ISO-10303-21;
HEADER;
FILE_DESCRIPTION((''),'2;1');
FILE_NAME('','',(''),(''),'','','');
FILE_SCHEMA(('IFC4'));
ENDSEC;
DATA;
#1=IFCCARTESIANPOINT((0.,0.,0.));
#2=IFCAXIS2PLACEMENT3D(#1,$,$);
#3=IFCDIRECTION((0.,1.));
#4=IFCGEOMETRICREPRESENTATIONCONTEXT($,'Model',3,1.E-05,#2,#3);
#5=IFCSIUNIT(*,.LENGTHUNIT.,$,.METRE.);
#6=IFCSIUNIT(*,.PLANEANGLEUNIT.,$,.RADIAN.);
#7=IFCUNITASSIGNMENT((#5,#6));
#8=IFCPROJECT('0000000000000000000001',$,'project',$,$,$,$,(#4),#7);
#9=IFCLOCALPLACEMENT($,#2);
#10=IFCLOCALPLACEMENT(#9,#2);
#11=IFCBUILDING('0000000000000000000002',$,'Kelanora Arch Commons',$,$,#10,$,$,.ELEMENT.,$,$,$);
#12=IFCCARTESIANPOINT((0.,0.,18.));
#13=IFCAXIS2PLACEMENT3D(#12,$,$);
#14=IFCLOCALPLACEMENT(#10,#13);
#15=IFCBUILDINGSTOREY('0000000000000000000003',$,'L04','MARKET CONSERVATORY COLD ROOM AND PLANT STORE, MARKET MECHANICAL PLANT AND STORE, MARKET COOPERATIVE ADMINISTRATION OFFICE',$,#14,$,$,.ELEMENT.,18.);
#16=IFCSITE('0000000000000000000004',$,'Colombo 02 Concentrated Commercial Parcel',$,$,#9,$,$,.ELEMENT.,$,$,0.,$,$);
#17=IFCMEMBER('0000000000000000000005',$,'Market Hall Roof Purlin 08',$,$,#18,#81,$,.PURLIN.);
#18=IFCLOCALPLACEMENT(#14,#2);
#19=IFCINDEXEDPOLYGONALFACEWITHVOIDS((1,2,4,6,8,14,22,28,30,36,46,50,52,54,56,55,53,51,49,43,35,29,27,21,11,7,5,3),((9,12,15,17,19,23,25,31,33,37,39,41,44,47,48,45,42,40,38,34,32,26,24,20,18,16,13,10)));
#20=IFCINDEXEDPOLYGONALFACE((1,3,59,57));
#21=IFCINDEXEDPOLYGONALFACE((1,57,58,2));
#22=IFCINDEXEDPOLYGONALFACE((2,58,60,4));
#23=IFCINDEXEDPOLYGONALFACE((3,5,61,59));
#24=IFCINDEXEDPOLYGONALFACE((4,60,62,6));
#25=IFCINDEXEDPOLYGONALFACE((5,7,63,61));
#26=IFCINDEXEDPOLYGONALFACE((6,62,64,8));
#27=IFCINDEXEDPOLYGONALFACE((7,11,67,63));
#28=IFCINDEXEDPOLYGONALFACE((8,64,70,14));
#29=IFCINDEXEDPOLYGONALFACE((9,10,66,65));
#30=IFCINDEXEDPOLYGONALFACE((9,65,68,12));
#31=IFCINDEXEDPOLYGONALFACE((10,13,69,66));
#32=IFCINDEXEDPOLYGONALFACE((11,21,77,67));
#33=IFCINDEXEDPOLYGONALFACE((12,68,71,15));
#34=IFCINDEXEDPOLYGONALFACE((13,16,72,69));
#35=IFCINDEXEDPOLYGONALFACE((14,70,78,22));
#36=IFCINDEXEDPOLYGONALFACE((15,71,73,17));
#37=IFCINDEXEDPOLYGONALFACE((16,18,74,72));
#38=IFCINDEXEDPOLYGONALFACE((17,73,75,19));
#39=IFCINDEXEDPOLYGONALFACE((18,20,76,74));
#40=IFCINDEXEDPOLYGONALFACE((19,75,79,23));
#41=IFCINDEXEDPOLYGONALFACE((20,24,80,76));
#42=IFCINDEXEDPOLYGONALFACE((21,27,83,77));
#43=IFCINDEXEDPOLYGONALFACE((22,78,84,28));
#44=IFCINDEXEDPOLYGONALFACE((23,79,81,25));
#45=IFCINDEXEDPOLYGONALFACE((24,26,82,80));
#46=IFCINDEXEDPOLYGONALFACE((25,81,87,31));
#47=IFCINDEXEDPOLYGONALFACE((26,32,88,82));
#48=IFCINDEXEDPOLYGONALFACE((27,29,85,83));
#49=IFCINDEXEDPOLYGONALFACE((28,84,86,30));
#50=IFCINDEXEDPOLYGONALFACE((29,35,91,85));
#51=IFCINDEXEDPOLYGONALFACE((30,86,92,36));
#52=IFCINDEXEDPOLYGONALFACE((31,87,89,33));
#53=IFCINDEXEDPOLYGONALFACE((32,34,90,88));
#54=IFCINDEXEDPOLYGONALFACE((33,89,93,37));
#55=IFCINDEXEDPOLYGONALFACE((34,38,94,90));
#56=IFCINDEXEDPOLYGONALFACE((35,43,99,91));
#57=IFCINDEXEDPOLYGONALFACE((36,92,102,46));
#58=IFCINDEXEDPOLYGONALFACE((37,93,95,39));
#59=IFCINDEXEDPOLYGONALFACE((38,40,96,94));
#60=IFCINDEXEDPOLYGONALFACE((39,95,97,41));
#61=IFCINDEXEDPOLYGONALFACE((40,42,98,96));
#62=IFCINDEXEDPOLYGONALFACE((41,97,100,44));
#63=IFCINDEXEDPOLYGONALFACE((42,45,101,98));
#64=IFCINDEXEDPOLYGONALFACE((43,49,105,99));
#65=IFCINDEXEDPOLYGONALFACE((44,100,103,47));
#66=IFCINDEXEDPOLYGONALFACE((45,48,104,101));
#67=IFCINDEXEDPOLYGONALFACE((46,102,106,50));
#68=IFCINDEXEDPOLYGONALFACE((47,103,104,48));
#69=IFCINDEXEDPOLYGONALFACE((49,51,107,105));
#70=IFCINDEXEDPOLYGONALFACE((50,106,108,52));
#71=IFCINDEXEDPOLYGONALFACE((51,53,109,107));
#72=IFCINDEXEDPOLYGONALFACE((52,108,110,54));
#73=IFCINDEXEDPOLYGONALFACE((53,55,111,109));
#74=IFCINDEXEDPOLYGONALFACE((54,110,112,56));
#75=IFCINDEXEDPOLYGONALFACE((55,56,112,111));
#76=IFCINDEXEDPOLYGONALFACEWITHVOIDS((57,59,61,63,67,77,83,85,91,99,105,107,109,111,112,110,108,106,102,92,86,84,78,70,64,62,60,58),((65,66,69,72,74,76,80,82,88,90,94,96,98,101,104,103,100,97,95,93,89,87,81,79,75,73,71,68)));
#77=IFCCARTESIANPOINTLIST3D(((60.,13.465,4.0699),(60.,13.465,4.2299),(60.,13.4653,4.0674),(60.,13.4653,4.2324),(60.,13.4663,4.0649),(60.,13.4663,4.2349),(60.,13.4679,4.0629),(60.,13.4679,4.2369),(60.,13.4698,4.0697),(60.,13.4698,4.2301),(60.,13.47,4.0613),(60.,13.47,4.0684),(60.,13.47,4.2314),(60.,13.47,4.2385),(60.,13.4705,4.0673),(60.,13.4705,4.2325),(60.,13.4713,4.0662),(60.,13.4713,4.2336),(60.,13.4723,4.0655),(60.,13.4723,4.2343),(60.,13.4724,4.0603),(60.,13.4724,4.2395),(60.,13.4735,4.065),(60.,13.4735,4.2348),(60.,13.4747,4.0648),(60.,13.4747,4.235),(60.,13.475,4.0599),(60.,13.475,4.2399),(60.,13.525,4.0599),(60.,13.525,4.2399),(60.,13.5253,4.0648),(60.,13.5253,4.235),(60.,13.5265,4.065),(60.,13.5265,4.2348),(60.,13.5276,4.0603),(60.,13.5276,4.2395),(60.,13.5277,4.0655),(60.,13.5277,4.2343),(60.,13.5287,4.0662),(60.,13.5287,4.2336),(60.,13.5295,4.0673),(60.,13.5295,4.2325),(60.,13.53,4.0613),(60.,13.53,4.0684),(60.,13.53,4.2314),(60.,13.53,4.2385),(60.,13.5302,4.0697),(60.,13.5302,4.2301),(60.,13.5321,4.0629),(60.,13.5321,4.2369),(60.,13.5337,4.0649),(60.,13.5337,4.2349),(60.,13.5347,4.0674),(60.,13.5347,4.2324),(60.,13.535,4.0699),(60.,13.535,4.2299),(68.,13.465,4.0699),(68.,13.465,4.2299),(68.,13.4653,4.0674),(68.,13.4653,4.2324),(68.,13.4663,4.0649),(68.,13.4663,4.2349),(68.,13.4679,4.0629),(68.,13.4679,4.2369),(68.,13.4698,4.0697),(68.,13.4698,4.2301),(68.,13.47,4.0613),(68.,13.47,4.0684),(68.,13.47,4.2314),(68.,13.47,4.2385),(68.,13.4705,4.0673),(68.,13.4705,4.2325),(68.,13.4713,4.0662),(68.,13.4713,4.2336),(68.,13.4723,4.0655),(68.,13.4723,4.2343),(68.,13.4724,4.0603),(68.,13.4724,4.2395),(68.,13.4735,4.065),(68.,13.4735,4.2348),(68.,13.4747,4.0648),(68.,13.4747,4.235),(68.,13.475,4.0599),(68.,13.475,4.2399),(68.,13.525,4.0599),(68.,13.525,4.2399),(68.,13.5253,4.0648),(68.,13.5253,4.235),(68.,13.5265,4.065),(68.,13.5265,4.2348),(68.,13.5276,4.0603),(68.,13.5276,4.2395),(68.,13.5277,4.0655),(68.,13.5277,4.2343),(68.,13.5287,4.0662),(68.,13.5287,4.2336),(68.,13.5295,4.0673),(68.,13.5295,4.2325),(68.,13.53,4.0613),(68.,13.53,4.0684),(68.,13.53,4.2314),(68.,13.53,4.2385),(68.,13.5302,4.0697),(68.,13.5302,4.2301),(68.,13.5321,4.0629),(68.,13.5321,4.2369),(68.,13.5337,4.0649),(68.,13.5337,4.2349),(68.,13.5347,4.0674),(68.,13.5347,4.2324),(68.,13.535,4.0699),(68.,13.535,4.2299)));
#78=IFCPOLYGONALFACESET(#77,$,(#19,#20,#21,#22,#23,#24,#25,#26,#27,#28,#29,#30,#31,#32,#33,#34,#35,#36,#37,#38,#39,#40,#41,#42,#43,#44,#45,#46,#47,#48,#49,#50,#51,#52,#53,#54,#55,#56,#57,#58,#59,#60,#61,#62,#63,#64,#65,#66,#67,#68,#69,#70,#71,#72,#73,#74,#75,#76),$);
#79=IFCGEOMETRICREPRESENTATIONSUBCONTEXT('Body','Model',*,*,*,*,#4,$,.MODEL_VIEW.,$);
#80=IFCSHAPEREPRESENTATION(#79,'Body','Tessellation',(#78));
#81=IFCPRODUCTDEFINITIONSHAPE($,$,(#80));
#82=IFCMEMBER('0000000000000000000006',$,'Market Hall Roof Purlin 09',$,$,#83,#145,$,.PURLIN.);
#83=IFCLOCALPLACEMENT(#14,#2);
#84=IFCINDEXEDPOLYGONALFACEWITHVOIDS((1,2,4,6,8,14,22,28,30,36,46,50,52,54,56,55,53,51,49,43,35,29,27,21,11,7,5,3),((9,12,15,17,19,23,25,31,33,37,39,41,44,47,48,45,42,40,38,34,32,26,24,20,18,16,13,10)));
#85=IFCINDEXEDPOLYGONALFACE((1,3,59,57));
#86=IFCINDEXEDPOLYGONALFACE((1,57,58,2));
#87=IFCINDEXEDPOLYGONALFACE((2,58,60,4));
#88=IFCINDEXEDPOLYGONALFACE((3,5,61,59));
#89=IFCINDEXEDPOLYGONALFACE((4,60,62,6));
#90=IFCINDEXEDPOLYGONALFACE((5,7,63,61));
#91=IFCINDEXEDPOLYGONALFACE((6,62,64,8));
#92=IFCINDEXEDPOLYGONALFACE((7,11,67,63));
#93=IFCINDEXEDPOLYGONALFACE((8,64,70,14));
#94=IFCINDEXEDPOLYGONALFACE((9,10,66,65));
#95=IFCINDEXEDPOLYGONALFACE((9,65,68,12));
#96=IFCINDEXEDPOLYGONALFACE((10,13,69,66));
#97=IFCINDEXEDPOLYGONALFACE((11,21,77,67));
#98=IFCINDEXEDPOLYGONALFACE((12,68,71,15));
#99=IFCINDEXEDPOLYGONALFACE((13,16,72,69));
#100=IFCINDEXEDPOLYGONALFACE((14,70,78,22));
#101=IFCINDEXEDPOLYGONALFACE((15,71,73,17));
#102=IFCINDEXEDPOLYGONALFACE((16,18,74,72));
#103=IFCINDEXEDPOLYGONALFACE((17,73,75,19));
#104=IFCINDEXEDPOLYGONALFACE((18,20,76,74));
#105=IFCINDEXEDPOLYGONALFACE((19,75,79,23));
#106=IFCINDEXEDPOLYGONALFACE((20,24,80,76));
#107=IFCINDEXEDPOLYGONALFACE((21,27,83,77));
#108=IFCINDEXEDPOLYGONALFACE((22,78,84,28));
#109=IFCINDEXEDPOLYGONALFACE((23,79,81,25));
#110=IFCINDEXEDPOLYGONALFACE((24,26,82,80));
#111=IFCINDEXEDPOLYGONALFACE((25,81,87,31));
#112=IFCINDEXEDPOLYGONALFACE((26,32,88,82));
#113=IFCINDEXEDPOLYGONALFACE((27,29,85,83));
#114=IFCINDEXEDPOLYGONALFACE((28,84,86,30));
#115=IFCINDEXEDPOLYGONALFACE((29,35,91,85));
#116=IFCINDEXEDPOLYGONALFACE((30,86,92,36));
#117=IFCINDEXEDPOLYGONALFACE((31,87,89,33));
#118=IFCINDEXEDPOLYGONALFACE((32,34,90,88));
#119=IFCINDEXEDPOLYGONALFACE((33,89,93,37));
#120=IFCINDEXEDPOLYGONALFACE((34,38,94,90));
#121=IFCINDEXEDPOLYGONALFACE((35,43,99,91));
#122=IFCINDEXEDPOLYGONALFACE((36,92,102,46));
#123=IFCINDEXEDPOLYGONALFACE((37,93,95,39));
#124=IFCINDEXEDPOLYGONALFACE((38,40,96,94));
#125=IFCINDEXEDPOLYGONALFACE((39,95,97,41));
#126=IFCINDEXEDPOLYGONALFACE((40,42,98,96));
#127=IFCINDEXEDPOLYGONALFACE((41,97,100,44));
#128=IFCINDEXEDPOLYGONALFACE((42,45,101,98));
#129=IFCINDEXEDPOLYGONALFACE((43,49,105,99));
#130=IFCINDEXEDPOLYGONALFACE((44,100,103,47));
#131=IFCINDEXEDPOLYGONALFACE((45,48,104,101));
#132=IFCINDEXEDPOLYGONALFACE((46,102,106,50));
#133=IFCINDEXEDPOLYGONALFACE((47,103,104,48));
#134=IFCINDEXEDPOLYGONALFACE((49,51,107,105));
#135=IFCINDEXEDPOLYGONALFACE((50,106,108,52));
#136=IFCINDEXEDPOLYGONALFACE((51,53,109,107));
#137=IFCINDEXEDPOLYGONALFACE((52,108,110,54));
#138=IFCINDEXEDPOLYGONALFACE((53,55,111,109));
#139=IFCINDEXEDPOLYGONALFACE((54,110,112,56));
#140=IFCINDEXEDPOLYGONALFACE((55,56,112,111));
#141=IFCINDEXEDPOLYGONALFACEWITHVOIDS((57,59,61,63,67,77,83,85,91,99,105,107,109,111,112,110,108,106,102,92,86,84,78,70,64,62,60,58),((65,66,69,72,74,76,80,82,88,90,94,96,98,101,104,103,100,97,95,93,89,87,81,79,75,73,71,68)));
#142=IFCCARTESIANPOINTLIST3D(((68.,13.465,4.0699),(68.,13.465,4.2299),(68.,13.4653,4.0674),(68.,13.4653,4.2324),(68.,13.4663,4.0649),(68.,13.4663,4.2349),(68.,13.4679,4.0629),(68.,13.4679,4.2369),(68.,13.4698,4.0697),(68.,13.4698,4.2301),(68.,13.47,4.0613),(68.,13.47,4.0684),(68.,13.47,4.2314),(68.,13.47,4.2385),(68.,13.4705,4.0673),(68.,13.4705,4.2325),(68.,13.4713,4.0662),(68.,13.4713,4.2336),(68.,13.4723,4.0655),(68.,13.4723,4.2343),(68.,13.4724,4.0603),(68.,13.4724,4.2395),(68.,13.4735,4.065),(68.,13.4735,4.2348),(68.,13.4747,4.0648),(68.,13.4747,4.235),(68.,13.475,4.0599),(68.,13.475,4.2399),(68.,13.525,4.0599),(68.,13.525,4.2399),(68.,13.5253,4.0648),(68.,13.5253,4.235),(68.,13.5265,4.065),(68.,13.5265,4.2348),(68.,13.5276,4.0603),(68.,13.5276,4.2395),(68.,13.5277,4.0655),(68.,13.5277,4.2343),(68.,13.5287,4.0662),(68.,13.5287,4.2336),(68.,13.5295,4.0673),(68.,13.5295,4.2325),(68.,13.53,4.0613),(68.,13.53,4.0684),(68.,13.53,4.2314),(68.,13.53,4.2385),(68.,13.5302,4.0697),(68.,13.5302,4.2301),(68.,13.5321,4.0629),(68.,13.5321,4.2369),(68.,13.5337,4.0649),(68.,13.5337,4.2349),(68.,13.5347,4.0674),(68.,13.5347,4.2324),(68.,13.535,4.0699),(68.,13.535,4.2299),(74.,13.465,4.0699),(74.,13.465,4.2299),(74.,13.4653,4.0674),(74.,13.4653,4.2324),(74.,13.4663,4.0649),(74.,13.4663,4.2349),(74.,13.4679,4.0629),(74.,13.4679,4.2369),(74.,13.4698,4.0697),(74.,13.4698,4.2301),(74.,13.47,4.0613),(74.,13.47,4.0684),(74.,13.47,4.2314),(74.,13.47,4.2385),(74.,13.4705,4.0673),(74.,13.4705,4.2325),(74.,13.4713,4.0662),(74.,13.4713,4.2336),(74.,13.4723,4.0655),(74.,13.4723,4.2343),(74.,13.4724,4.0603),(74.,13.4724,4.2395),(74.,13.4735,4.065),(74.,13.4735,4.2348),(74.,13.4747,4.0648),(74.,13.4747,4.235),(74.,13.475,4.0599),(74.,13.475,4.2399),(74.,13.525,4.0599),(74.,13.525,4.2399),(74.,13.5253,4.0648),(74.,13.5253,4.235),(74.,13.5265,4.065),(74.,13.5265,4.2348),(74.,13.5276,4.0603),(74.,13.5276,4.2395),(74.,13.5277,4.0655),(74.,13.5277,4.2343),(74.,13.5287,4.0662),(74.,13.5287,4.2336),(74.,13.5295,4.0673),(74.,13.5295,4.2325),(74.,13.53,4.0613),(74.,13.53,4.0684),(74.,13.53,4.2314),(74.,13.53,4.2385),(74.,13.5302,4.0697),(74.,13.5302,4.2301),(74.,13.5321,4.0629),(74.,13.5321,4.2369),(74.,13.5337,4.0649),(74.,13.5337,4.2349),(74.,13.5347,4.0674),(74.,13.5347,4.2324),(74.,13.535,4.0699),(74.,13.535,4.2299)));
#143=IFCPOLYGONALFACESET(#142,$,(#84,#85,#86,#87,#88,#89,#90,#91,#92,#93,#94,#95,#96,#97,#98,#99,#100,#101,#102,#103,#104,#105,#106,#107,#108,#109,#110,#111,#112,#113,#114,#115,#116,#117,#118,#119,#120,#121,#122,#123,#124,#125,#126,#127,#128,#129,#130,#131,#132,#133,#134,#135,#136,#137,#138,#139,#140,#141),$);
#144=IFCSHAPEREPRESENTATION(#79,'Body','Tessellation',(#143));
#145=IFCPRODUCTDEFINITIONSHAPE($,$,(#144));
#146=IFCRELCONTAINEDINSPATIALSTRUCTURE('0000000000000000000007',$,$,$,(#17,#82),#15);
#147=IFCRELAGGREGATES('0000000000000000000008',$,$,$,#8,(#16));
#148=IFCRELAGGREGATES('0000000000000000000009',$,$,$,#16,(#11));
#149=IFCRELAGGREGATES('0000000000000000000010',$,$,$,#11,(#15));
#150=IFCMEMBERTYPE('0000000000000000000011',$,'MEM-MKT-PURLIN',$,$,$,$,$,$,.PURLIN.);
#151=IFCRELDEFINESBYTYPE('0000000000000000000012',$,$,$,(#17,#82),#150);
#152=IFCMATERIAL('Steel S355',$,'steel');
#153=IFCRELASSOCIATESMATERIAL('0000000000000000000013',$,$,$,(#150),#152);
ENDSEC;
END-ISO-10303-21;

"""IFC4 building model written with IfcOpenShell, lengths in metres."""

from ifc_helpers import new_model, si_unit, direction, frame, origin, origin_2d, place, context, subcontext, project, spatial, hollow_rectangle, extrude, material, material_profile, profile_set, type_object, element, save


model = new_model("IFC4")

# Units and contexts
model_context = context("Model", 3, precision=1e-05, world=origin(), true_north=direction((0.0, 1.0)))
body_context = subcontext(model_context, "Body", "Model", "MODEL_VIEW")
ifc_project = project(units=[si_unit("LENGTHUNIT", "METRE"), si_unit("PLANEANGLEUNIT", "RADIAN")], contexts=[model_context])

# Site, building, storey
site_placement = place(None, origin())
site = spatial("IfcSite", under=ifc_project, at=site_placement, Name="Colombo 02 Concentrated Commercial Parcel", CompositionType="ELEMENT", RefElevation=0.0)
building_placement = place(site_placement, origin())
building = spatial("IfcBuilding", under=site, at=building_placement, Name="Kelanora Arch Commons", CompositionType="ELEMENT")
storey_placement = place(building_placement, frame((0.0, 0.0, 18.0)))
storey = spatial("IfcBuildingStorey", under=building, at=storey_placement, Name="L04", Description="MARKET CONSERVATORY COLD ROOM AND PLANT STORE, MARKET MECHANICAL PLANT AND STORE, MARKET COOPERATIVE ADMINISTRATION OFFICE", CompositionType="ELEMENT", Elevation=18.0)

# Shared definitions
ifc_material_1 = material(Name="Steel S355", Category="steel")

# Members
ifc_material_profile_1 = material_profile(ifc_material_1, hollow_rectangle(XDim=0.0701, YDim=0.1799, WallThickness=0.0049, InnerFilletRadius=0.0049, OuterFilletRadius=0.01, at=origin_2d()), Name="RHS180x70x5")
ifc_profile_set_1 = profile_set([ifc_material_profile_1], Name="Steel S355")
member_type_1 = type_object("IfcMemberType", Name="MEM-MKT-PURLIN", PredefinedType="PURLIN", material=ifc_profile_set_1)
member_1_placement = place(storey_placement, frame((60.0, 13.5, 4.1499), z_axis=(1.0, 0.0, 0.0), x_axis=(0.0, 1.0, 0.0)))
element("IfcMember", 1, at=member_1_placement, inside=storey, type_object=member_type_1, Name="Market Hall Roof Purlin 08", PredefinedType="PURLIN", context=body_context, shape_type="SweptSolid", body=[
    extrude(hollow_rectangle(XDim=0.0701, YDim=0.1799, WallThickness=0.0049, InnerFilletRadius=0.0049, OuterFilletRadius=0.01, at=origin_2d()), origin(), (0.0, 0.0, 1.0), 8.0),
])
for number, where, z_axis, x_axis, name in (
    (2, (68.0, 13.5, 4.1499), (1.0, 0.0, 0.0), (0.0, 1.0, 0.0), "Market Hall Roof Purlin 09"),
):
    element("IfcMember", number, at=place(storey_placement, frame(where, z_axis=z_axis, x_axis=x_axis)), inside=storey, type_object=member_type_1, Name=name, PredefinedType="PURLIN", context=body_context, shape_type="SweptSolid", body=[
        extrude(hollow_rectangle(XDim=0.0701, YDim=0.1799, WallThickness=0.0049, InnerFilletRadius=0.0049, OuterFilletRadius=0.01, at=origin_2d()), origin(), (0.0, 0.0, 1.0), 6.0),
    ])

save(model, "model.ifc")
